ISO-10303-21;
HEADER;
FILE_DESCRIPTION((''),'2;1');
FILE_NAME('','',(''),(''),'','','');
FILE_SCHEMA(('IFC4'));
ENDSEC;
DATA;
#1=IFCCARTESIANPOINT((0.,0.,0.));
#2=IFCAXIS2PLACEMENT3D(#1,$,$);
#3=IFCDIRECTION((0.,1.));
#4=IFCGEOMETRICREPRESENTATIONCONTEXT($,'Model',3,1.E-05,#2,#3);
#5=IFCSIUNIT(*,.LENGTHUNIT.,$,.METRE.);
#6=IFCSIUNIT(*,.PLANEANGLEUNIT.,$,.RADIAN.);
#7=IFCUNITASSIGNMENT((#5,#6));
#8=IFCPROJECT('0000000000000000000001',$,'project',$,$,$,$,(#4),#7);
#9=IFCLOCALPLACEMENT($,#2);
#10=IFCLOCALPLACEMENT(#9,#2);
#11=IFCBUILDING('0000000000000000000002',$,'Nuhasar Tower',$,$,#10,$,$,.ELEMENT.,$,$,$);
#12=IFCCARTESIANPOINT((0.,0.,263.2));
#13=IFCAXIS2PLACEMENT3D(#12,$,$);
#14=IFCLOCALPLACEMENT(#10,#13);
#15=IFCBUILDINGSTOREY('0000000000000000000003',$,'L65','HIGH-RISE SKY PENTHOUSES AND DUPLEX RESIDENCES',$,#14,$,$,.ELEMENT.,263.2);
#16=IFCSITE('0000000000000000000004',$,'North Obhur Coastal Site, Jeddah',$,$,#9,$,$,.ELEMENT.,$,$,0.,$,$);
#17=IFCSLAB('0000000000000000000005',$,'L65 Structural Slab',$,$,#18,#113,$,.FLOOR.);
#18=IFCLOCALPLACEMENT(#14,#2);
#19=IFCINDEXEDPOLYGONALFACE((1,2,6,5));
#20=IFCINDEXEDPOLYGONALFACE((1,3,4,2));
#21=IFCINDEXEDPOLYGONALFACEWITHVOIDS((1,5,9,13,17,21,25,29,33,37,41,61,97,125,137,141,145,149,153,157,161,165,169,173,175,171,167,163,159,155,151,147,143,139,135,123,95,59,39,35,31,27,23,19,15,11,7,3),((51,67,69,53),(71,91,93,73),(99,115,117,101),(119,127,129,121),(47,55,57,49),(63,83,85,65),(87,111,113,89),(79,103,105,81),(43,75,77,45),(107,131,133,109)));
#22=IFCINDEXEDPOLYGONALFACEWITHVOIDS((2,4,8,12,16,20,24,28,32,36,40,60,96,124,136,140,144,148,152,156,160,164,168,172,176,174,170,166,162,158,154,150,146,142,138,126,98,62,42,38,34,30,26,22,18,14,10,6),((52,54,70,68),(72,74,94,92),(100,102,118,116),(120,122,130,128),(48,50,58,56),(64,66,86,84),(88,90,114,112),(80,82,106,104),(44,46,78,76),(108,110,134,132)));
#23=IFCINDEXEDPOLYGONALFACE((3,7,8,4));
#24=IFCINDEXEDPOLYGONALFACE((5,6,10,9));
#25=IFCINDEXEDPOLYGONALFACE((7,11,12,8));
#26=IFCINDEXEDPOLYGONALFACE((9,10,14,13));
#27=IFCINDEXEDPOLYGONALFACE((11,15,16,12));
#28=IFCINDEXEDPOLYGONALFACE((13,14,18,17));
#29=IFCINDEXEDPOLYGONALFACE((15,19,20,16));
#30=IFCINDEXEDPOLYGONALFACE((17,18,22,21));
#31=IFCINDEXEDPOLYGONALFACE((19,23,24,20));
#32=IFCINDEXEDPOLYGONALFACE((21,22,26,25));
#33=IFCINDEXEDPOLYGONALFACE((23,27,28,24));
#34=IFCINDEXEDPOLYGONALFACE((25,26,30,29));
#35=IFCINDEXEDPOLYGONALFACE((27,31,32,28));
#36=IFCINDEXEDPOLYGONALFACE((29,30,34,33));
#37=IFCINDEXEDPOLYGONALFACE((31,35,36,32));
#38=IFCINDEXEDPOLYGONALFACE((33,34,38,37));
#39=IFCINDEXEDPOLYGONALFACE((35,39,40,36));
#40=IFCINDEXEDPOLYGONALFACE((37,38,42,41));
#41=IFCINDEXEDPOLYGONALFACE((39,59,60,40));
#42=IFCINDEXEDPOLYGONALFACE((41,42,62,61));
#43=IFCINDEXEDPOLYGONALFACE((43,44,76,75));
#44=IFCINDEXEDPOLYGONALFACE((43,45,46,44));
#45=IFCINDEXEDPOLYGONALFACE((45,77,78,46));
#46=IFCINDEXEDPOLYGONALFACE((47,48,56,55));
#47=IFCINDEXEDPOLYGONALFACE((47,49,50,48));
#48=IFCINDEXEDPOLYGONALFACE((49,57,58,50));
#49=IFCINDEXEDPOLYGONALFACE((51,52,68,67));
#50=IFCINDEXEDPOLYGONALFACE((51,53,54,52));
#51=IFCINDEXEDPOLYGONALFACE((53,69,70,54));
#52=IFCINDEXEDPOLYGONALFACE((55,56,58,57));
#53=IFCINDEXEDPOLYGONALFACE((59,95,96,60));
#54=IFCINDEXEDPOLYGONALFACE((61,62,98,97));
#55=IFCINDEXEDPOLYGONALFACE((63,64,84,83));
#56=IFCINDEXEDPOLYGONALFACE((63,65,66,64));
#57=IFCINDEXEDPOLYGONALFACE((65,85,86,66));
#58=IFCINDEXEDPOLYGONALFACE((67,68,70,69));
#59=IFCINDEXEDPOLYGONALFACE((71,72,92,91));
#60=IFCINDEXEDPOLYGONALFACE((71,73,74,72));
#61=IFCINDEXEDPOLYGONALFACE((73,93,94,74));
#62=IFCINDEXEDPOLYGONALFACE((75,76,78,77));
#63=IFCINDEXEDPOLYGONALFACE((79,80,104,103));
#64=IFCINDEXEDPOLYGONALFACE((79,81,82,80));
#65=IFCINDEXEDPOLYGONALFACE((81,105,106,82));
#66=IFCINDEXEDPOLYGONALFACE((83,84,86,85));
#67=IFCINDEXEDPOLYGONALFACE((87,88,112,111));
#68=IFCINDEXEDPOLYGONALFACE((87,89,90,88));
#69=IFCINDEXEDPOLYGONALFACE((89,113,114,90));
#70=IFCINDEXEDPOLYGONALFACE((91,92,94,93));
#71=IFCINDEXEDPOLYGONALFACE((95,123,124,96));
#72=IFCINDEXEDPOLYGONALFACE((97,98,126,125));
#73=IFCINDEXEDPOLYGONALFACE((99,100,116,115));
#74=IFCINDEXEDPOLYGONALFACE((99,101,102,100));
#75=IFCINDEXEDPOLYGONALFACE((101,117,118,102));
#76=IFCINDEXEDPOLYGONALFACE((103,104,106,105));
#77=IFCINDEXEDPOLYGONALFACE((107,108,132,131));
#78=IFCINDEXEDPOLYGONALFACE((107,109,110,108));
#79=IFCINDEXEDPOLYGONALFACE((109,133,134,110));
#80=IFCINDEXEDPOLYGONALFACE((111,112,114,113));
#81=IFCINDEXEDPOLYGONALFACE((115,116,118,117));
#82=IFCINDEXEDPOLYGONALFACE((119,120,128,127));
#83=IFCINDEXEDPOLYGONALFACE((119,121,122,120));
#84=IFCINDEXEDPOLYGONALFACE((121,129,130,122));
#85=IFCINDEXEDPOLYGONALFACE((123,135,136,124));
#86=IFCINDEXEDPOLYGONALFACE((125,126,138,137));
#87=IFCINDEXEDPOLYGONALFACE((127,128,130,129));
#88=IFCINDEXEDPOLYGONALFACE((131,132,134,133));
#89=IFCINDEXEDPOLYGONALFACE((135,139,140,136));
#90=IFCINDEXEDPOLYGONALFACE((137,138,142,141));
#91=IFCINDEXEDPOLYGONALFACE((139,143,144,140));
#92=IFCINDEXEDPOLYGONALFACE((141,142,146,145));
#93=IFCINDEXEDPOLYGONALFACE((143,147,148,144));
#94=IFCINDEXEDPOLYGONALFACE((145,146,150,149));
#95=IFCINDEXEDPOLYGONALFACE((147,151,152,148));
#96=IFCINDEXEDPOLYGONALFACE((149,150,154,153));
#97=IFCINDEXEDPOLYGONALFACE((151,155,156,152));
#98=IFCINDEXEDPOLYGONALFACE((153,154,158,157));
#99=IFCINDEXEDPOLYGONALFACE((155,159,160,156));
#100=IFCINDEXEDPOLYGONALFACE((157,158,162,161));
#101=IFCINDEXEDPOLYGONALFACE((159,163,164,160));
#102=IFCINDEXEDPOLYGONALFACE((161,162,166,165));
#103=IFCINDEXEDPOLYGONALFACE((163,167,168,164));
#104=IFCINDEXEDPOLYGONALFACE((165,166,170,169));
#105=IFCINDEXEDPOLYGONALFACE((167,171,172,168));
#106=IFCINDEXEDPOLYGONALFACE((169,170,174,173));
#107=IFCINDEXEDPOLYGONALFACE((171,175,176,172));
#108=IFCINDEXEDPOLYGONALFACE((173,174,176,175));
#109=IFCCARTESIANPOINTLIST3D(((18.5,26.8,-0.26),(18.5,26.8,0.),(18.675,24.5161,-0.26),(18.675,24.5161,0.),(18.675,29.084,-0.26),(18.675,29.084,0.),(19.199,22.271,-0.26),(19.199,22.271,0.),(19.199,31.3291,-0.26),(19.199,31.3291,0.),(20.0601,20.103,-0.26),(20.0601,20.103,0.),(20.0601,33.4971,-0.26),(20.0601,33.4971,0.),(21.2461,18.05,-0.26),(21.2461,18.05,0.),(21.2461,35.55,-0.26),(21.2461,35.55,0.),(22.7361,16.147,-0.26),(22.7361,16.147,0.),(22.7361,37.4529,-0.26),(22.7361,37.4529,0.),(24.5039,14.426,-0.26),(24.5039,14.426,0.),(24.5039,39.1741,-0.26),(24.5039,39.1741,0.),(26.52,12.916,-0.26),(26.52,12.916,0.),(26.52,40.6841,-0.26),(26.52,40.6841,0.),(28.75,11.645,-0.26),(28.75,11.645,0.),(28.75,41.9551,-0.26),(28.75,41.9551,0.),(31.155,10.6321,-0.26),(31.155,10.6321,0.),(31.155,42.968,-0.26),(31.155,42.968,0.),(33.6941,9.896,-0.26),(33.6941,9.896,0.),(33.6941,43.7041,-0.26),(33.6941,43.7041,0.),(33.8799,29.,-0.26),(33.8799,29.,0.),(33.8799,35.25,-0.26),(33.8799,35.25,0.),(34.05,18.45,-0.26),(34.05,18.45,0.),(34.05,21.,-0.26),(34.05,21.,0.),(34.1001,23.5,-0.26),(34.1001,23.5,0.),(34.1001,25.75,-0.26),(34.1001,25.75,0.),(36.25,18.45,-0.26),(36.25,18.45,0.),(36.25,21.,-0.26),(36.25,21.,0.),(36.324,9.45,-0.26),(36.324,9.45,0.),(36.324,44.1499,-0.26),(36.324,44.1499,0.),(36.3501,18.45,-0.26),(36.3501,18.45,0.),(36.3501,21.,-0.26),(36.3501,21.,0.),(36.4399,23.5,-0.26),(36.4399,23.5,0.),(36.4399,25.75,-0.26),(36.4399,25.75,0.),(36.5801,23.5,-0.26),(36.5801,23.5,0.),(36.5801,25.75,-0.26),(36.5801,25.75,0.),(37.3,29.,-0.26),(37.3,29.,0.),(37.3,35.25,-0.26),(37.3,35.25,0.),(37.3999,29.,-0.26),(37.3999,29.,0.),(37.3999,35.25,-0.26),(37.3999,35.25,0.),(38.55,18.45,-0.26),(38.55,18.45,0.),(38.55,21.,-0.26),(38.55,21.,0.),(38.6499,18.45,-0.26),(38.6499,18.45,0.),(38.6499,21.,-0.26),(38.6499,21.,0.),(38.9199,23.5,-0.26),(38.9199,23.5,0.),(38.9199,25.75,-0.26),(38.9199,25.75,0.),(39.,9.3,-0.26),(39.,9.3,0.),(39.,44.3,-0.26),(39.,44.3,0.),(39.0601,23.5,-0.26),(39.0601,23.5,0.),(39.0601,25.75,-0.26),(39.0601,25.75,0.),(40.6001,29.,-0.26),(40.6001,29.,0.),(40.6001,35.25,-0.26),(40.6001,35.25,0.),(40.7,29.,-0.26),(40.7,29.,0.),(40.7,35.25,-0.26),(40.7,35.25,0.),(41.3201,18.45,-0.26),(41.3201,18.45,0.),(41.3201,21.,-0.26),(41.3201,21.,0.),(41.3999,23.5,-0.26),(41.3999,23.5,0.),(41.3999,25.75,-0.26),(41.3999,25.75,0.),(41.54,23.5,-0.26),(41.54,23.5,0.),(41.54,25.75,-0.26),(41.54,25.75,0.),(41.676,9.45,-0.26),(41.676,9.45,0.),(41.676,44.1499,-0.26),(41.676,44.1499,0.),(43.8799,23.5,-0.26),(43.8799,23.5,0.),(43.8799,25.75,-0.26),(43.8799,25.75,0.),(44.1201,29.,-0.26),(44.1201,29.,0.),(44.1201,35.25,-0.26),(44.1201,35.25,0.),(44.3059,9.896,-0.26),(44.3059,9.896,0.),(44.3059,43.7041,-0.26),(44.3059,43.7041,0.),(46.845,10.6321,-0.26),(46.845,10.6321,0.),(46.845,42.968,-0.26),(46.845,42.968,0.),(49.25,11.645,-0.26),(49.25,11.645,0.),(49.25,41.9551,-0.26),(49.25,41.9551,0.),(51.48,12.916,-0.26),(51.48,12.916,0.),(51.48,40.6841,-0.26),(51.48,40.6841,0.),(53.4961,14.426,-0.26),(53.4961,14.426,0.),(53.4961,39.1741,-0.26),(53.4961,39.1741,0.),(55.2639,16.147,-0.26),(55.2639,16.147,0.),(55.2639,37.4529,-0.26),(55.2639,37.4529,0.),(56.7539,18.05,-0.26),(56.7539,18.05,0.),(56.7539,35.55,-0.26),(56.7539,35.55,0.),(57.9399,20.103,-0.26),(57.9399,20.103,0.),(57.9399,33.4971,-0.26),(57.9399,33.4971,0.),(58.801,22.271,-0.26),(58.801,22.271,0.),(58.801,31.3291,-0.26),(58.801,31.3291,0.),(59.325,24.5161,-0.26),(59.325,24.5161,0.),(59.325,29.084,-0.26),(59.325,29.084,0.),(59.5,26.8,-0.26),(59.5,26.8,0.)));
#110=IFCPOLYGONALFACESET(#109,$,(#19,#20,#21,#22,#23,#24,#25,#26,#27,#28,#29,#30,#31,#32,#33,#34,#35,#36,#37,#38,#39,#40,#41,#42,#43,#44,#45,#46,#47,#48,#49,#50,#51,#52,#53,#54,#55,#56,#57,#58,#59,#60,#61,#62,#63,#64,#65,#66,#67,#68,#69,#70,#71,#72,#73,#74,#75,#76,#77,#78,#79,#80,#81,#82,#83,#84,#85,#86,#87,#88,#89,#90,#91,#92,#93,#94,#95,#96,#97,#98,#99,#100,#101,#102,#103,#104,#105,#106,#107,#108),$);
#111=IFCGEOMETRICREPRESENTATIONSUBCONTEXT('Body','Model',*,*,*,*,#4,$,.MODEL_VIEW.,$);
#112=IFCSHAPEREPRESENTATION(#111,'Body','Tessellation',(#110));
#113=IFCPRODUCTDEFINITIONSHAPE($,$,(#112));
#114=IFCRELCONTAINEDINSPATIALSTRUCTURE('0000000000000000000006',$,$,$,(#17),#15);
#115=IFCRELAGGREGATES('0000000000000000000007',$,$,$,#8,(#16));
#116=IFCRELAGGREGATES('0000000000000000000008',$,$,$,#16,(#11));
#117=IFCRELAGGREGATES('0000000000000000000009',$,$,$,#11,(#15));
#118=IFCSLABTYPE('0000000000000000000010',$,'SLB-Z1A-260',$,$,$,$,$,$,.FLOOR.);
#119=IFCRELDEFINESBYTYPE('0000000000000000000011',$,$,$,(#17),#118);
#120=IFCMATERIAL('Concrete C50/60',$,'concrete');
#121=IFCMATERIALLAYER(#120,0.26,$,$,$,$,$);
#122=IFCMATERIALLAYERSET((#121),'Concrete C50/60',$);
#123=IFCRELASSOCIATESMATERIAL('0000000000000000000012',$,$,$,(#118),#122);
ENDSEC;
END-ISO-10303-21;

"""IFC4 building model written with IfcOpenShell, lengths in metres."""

from ifc_helpers import new_model, si_unit, direction, frame, origin, place, context, subcontext, project, spatial, polyline, outline, extrude, material, layer, layer_set, type_object, element, save


model = new_model("IFC4")

# Units and contexts
model_context = context("Model", 3, precision=1e-05, world=origin(), true_north=direction((0.0, 1.0)))
body_context = subcontext(model_context, "Body", "Model", "MODEL_VIEW")
ifc_project = project(units=[si_unit("LENGTHUNIT", "METRE"), si_unit("PLANEANGLEUNIT", "RADIAN")], contexts=[model_context])

# Site, building, storey
site_placement = place(None, origin())
site = spatial("IfcSite", under=ifc_project, at=site_placement, Name="North Obhur Coastal Site, Jeddah", CompositionType="ELEMENT", RefElevation=0.0)
building_placement = place(site_placement, origin())
building = spatial("IfcBuilding", under=site, at=building_placement, Name="Nuhasar Tower", CompositionType="ELEMENT")
storey_placement = place(building_placement, frame((0.0, 0.0, 263.2)))
storey = spatial("IfcBuildingStorey", under=building, at=storey_placement, Name="L65", Description="HIGH-RISE SKY PENTHOUSES AND DUPLEX RESIDENCES", CompositionType="ELEMENT", Elevation=263.2)

# Shared definitions
ifc_material_1 = material(Name="Concrete C50/60", Category="concrete")

# Slab
ifc_layer_1 = layer(ifc_material_1, 0.26)
ifc_layer_set_1 = layer_set([ifc_layer_1], Name="Concrete C50/60")
slab_type_1 = type_object("IfcSlabType", Name="SLB-Z1A-260", PredefinedType="FLOOR", material=ifc_layer_set_1)
slab_1_placement = place(storey_placement, frame((0.0, 0.0, -0.26)))
element("IfcSlab", 1, at=slab_1_placement, inside=storey, type_object=slab_type_1, Name="L65 Structural Slab", PredefinedType="FLOOR", context=body_context, shape_type="SweptSolid", body=[
    extrude(outline(polyline([(59.5, 26.8), (59.325, 29.084), (58.801, 31.3291), (57.9399, 33.4971), (56.7539, 35.55), (55.2639, 37.4529), (53.4961, 39.1741), (51.48, 40.6841), (49.25, 41.9551), (46.845, 42.968), (44.3059, 43.7041), (41.676, 44.1499), (39.0, 44.3), (36.324, 44.1499), (33.6941, 43.7041), (31.155, 42.968), (28.75, 41.9551), (26.52, 40.6841), (24.5039, 39.1741), (22.7361, 37.4529), (21.2461, 35.55), (20.0601, 33.4971), (19.199, 31.3291), (18.675, 29.084), (18.5, 26.8), (18.675, 24.5161), (19.199, 22.271), (20.0601, 20.103), (21.2461, 18.05), (22.7361, 16.147), (24.5039, 14.426), (26.52, 12.916), (28.75, 11.645), (31.155, 10.6321), (33.6941, 9.896), (36.324, 9.45), (39.0, 9.3), (41.676, 9.45), (44.3059, 9.896), (46.845, 10.6321), (49.25, 11.645), (51.48, 12.916), (53.4961, 14.426), (55.2639, 16.147), (56.7539, 18.05), (57.9399, 20.103), (58.801, 22.271), (59.325, 24.5161), (59.5, 26.8)]), holes=[polyline([(33.8799, 35.25), (37.3, 35.25), (37.3, 29.0), (33.8799, 29.0), (33.8799, 35.25)]), polyline([(37.3999, 35.25), (40.6001, 35.25), (40.6001, 29.0), (37.3999, 29.0), (37.3999, 35.25)]), polyline([(40.7, 35.25), (44.1201, 35.25), (44.1201, 29.0), (40.7, 29.0), (40.7, 35.25)]), polyline([(34.1001, 25.75), (36.4399, 25.75), (36.4399, 23.5), (34.1001, 23.5), (34.1001, 25.75)]), polyline([(36.5801, 25.75), (38.9199, 25.75), (38.9199, 23.5), (36.5801, 23.5), (36.5801, 25.75)]), polyline([(39.0601, 25.75), (41.3999, 25.75), (41.3999, 23.5), (39.0601, 23.5), (39.0601, 25.75)]), polyline([(41.54, 25.75), (43.8799, 25.75), (43.8799, 23.5), (41.54, 23.5), (41.54, 25.75)]), polyline([(34.05, 21.0), (36.25, 21.0), (36.25, 18.45), (34.05, 18.45), (34.05, 21.0)]), polyline([(36.3501, 21.0), (38.55, 21.0), (38.55, 18.45), (36.3501, 18.45), (36.3501, 21.0)]), polyline([(38.6499, 21.0), (41.3201, 21.0), (41.3201, 18.45), (38.6499, 18.45), (38.6499, 21.0)])]), origin(), (0.0, 0.0, 1.0), 0.26),
])

save(model, "model.ifc")
